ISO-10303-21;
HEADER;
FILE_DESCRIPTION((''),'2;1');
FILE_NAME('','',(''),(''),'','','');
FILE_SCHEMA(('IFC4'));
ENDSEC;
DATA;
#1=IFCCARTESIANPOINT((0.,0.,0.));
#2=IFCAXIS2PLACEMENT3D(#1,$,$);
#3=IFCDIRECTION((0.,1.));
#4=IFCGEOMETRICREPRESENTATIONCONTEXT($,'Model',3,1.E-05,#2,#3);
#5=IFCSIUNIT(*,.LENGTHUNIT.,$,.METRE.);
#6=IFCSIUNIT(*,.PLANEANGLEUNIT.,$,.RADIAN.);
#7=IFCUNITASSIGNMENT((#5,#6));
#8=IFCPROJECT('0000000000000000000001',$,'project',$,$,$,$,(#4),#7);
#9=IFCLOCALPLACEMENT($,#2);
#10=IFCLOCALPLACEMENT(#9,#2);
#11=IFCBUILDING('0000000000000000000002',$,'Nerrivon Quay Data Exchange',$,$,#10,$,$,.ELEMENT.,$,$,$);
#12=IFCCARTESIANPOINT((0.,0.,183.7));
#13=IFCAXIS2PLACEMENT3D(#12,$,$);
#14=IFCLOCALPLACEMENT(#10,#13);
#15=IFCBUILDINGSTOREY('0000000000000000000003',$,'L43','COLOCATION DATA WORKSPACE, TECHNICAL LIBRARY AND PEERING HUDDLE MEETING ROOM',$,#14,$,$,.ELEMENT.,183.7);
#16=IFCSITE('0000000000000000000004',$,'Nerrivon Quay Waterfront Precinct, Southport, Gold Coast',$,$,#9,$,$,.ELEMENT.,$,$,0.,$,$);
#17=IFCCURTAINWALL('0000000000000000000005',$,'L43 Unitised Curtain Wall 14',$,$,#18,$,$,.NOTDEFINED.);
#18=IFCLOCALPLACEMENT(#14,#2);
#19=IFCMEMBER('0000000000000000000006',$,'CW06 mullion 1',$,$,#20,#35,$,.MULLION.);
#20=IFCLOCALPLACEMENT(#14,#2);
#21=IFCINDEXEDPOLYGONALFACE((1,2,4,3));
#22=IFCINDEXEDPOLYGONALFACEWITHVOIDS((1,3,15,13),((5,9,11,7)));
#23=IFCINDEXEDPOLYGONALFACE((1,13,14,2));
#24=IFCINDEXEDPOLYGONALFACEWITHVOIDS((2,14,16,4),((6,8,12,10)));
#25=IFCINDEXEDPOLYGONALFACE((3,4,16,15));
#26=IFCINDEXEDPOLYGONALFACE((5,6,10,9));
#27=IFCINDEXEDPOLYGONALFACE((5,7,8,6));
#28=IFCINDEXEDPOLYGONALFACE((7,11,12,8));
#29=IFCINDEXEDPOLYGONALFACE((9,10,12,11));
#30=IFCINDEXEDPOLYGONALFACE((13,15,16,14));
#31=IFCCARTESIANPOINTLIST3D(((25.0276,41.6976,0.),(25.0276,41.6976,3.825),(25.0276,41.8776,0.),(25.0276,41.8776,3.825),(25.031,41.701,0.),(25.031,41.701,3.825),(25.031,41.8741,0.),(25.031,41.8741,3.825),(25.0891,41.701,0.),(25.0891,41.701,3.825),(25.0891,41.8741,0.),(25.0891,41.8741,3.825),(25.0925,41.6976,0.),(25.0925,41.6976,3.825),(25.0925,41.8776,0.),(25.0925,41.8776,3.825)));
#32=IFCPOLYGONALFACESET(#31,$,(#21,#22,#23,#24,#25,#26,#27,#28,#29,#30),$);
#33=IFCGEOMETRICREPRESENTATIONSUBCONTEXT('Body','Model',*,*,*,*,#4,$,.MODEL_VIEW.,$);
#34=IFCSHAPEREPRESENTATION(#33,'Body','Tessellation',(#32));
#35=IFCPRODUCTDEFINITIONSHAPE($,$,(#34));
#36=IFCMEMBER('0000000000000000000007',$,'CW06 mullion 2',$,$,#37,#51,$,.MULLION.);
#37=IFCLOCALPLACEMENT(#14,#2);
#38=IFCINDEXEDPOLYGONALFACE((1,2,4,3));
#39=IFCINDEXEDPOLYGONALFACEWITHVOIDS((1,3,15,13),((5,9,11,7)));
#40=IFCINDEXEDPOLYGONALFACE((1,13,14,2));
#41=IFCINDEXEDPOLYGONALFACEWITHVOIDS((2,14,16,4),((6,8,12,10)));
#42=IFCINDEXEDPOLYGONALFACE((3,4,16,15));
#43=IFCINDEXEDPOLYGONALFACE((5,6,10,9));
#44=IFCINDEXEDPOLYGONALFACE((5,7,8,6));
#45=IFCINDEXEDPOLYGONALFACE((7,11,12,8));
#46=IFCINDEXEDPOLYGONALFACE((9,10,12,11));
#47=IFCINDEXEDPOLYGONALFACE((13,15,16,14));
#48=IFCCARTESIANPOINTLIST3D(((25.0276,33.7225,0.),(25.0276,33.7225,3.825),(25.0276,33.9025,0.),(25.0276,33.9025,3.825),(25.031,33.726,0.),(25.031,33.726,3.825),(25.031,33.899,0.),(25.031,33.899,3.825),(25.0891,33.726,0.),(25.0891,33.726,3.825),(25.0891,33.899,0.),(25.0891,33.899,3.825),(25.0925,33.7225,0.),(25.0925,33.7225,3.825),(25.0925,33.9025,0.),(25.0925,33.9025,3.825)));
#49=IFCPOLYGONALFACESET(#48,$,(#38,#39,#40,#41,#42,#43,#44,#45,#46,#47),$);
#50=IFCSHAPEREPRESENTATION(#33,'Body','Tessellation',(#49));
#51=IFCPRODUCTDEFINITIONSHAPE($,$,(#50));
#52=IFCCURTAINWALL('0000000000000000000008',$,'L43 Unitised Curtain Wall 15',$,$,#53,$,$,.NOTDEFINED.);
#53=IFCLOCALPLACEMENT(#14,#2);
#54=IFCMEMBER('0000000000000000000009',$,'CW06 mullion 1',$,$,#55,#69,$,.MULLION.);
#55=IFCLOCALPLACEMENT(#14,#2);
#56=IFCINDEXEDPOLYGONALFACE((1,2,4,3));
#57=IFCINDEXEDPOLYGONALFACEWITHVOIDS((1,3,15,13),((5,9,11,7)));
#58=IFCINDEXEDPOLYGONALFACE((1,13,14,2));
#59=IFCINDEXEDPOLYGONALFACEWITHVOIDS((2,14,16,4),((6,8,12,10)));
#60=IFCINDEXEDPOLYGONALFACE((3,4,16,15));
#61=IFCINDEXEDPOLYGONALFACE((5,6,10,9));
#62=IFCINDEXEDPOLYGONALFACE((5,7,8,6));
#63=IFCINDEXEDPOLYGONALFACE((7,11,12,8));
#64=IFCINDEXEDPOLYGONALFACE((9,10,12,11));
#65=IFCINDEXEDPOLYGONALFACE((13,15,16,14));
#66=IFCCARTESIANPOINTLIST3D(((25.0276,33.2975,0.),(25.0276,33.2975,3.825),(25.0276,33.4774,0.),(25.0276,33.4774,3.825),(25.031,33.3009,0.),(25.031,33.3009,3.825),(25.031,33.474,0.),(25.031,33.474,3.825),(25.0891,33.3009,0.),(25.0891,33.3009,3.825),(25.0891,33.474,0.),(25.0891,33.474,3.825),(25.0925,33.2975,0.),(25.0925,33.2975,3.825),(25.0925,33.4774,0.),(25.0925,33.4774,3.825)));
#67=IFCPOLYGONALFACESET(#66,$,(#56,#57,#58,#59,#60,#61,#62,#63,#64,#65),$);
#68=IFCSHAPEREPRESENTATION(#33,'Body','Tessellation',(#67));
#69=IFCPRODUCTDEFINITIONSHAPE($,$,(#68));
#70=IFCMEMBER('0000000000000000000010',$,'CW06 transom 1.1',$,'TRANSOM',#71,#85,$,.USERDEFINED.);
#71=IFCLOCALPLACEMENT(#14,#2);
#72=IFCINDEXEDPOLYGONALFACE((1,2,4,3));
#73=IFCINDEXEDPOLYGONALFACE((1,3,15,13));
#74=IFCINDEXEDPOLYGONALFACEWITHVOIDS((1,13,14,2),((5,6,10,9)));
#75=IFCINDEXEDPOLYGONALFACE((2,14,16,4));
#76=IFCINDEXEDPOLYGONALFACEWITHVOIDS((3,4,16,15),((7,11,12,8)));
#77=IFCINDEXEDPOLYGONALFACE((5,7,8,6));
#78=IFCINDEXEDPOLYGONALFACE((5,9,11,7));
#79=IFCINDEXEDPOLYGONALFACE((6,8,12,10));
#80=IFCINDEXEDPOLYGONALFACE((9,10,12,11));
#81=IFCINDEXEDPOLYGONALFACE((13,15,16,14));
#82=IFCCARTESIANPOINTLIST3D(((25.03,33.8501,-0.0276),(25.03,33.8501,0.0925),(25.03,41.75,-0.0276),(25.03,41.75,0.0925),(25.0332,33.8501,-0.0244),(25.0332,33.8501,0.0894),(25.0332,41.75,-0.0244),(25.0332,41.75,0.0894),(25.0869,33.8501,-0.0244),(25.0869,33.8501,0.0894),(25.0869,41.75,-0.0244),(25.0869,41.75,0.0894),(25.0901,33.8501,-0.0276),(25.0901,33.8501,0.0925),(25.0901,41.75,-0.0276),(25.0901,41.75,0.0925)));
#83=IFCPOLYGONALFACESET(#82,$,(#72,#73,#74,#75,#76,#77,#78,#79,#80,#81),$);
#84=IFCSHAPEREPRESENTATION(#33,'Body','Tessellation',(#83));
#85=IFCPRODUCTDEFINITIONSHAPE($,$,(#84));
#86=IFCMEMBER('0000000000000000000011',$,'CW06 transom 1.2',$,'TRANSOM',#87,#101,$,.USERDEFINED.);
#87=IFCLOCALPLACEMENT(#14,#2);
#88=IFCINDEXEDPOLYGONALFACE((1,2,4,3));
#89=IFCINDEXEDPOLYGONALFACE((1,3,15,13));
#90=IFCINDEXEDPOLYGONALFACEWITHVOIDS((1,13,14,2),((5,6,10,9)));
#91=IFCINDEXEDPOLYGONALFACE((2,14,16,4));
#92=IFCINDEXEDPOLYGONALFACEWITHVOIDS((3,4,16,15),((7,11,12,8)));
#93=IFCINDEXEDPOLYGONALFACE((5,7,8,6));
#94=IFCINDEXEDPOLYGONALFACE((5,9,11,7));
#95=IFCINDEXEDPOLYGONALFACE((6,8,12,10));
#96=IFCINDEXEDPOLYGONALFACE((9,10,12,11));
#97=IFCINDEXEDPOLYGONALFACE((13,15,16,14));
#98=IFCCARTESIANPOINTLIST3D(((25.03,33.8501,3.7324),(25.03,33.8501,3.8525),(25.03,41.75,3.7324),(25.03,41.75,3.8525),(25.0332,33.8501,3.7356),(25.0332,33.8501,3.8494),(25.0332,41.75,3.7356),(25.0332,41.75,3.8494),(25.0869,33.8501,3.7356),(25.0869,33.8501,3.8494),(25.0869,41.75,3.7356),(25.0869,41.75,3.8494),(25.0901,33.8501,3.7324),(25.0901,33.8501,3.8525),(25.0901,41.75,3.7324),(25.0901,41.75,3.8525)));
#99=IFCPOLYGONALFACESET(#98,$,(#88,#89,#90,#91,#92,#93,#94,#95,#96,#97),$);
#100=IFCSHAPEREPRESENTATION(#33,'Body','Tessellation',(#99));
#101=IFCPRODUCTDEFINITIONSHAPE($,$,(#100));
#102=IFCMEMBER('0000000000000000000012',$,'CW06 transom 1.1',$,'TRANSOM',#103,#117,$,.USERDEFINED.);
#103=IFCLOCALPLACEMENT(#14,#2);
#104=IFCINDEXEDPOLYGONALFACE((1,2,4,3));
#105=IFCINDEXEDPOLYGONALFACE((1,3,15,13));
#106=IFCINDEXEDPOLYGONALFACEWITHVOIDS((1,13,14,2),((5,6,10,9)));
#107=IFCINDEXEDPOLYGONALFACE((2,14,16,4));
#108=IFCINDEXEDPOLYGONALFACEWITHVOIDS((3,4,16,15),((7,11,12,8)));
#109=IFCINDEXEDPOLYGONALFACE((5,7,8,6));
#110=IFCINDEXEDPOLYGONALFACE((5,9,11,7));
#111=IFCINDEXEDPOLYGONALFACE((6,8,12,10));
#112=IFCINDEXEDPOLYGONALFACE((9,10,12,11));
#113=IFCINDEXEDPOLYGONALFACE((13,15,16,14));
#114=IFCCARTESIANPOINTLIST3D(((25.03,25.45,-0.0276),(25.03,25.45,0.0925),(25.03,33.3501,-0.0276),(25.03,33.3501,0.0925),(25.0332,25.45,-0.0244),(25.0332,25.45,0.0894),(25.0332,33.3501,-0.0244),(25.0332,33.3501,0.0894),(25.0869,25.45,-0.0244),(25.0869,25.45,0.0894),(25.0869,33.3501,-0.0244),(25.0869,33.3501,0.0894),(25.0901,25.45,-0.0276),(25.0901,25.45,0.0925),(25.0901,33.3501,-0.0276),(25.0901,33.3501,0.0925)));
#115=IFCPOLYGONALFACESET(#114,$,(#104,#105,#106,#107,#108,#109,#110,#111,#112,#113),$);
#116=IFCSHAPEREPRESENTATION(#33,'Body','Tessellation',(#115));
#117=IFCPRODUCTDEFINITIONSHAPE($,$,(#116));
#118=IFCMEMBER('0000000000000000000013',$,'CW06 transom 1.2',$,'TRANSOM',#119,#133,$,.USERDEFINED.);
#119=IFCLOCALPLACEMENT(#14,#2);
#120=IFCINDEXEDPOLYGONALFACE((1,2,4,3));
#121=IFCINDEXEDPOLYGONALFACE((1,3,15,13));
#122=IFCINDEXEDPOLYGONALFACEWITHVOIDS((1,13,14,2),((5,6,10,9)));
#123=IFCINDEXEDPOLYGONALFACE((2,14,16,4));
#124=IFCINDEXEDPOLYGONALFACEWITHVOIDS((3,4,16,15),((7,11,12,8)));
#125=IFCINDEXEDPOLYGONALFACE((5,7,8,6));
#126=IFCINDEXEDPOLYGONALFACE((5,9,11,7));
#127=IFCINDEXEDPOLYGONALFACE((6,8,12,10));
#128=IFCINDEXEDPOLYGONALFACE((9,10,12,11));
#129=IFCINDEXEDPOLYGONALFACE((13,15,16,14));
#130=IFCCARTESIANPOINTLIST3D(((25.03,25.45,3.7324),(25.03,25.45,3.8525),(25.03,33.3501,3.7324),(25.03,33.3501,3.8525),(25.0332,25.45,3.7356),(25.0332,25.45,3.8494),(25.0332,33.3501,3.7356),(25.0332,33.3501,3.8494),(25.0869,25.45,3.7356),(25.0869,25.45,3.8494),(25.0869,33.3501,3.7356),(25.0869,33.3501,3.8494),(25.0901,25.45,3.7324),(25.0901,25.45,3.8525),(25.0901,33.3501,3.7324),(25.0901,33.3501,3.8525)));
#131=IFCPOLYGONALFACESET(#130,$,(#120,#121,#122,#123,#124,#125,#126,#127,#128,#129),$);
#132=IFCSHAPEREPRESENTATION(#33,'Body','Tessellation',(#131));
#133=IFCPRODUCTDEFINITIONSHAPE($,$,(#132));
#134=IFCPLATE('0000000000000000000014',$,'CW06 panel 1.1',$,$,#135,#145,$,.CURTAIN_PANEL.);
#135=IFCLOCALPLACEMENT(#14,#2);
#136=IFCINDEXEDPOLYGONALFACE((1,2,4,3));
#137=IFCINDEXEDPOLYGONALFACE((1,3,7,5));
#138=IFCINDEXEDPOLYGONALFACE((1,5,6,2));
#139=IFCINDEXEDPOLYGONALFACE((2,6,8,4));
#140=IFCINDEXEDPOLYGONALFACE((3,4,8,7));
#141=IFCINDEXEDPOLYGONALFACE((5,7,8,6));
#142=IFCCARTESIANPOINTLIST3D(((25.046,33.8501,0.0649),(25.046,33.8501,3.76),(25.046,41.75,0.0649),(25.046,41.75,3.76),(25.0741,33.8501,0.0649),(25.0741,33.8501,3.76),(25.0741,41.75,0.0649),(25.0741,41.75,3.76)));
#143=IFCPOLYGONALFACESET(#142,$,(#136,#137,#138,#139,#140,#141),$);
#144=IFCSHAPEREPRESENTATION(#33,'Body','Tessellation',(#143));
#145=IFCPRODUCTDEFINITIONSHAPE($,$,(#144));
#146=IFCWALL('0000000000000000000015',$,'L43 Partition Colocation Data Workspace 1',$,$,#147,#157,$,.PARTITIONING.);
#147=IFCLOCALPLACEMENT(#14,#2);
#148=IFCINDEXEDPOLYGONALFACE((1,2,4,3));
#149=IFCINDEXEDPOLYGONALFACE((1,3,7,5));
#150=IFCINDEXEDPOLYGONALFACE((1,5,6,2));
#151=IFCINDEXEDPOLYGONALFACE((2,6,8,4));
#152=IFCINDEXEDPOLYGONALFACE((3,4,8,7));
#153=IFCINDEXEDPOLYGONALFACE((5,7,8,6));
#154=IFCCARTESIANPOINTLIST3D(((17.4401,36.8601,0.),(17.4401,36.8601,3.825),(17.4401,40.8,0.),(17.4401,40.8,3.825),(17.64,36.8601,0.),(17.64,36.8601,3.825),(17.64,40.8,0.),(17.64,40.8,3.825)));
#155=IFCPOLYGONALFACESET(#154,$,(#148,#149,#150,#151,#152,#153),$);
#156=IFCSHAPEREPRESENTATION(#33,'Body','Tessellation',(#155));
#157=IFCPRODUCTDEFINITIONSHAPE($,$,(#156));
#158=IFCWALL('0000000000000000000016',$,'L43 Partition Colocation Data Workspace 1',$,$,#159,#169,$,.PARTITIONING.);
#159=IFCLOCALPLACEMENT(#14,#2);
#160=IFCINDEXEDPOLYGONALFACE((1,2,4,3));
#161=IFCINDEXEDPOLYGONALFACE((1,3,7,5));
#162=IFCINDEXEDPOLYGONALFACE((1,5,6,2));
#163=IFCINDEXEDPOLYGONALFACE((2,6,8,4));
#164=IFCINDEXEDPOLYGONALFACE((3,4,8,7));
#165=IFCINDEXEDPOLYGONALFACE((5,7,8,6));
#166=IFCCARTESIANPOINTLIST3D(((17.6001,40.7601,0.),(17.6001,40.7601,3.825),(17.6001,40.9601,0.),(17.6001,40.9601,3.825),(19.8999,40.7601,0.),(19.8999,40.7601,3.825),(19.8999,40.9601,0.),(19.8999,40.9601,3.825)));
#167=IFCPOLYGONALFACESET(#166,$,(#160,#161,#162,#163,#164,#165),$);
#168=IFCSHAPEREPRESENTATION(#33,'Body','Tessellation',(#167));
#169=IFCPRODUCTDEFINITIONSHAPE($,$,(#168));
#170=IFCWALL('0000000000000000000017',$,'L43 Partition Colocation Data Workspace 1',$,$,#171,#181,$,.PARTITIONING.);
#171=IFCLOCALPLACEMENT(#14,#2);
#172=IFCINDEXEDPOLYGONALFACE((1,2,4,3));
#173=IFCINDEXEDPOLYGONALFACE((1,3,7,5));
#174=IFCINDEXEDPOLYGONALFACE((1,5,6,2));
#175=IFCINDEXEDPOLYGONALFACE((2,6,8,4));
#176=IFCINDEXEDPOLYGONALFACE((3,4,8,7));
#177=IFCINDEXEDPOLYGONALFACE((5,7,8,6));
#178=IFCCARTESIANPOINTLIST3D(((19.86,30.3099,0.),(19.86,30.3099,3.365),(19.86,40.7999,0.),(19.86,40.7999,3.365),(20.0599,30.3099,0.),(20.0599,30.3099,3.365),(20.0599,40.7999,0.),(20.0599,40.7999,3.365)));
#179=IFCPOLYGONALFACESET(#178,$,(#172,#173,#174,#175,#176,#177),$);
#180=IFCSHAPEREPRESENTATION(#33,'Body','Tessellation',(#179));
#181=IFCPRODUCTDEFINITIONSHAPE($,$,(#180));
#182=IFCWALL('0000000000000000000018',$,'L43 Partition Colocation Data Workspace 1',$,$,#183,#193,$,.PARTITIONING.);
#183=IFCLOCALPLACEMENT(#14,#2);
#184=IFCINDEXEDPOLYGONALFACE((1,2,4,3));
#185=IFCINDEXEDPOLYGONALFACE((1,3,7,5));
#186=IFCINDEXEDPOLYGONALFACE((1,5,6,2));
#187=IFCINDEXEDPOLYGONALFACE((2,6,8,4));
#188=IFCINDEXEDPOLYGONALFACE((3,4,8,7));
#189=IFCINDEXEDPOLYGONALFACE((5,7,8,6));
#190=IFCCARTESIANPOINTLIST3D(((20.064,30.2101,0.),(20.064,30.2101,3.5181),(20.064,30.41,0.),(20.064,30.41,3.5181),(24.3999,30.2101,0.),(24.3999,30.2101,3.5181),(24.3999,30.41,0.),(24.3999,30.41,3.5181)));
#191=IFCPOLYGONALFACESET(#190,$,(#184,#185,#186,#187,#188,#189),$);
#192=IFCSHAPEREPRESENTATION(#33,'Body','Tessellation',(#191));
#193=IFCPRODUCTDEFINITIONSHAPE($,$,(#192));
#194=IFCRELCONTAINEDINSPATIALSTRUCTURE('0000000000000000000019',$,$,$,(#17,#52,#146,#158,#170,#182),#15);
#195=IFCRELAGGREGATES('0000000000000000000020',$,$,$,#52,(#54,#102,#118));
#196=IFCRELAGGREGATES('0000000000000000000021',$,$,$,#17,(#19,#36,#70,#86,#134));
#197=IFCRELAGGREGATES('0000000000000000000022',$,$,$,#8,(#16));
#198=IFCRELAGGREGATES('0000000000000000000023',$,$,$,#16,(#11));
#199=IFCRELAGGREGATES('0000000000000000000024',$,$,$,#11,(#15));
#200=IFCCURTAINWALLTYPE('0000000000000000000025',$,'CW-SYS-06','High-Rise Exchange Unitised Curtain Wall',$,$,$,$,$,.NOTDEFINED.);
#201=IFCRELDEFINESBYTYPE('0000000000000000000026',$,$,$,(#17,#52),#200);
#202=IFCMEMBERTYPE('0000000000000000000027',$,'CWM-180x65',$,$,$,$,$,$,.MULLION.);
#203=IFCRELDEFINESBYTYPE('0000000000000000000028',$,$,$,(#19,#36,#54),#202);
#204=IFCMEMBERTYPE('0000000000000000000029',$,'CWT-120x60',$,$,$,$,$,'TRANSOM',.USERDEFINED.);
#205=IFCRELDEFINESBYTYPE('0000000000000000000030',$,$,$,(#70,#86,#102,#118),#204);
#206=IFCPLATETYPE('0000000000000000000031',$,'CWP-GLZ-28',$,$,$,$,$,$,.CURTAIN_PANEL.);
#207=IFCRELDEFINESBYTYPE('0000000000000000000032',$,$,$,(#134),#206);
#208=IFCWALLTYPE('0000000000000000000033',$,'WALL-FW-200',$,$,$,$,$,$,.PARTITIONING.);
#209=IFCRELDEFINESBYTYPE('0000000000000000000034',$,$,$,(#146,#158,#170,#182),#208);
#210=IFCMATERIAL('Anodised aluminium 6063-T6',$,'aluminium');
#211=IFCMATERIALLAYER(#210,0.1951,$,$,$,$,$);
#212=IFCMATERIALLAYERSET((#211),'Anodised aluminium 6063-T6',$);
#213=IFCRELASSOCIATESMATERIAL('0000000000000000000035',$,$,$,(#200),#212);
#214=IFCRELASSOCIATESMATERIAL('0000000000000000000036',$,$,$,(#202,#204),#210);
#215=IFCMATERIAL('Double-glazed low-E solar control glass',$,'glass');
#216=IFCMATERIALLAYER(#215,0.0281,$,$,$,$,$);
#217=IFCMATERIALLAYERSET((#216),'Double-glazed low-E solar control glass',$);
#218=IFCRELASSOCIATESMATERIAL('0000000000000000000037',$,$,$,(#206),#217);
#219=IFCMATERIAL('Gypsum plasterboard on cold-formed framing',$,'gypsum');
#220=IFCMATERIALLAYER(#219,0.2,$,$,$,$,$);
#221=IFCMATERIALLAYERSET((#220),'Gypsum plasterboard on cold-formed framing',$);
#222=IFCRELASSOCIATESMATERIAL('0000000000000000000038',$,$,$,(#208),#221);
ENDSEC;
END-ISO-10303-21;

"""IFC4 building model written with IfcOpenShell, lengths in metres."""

from ifc_helpers import new_model, si_unit, direction, frame, frame_2d, origin, origin_2d, place, context, subcontext, project, spatial, rectangle, hollow_rectangle, extrude, material, layer, layer_set, material_profile, profile_set, type_object, element, aggregate, save


model = new_model("IFC4")

# Units and contexts
model_context = context("Model", 3, precision=1e-05, world=origin(), true_north=direction((0.0, 1.0)))
body_context = subcontext(model_context, "Body", "Model", "MODEL_VIEW")
ifc_project = project(units=[si_unit("LENGTHUNIT", "METRE"), si_unit("PLANEANGLEUNIT", "RADIAN")], contexts=[model_context])

# Site, building, storey
site_placement = place(None, origin())
site = spatial("IfcSite", under=ifc_project, at=site_placement, Name="Nerrivon Quay Waterfront Precinct, Southport, Gold Coast", CompositionType="ELEMENT", RefElevation=0.0)
building_placement = place(site_placement, origin())
building = spatial("IfcBuilding", under=site, at=building_placement, Name="Nerrivon Quay Data Exchange", CompositionType="ELEMENT")
storey_placement = place(building_placement, frame((0.0, 0.0, 183.7)))
storey = spatial("IfcBuildingStorey", under=building, at=storey_placement, Name="L43", Description="COLOCATION DATA WORKSPACE, TECHNICAL LIBRARY AND PEERING HUDDLE MEETING ROOM", CompositionType="ELEMENT", Elevation=183.7)

# Shared definitions
ifc_material_1 = material(Name="Anodised aluminium 6063-T6", Category="aluminium")
ifc_layer_1 = layer(ifc_material_1, 0.1951)
ifc_layer_set_1 = layer_set([ifc_layer_1], Name="Anodised aluminium 6063-T6")
curtain_wall_type = type_object("IfcCurtainWallType", Name="CW-SYS-06", Description="High-Rise Exchange Unitised Curtain Wall", PredefinedType="NOTDEFINED", material=ifc_layer_set_1)
ifc_material_profile_1 = material_profile(ifc_material_1, hollow_rectangle(XDim=0.0649, YDim=0.1799, WallThickness=0.0034, at=origin_2d()), Name="ALU-MULL-180x65")
ifc_profile_set_1 = profile_set([ifc_material_profile_1], Name="Anodised aluminium 6063-T6")
member_type_1 = type_object("IfcMemberType", Name="CWM-180x65", PredefinedType="MULLION", material=ifc_profile_set_1)

# Curtain wall, members
curtain_wall_1_placement = place(storey_placement, origin())
curtain_wall_1 = element("IfcCurtainWall", 1, at=curtain_wall_1_placement, inside=storey, type_object=curtain_wall_type, Name="L43 Unitised Curtain Wall 14", PredefinedType="NOTDEFINED")
member_1_placement = place(storey_placement, frame((25.0601, 41.7876, 0.0), z_axis=(0.0, 0.0, 1.0), x_axis=(1.0, 0.0, 0.0)))
member_1 = element("IfcMember", 2, at=member_1_placement, type_object=member_type_1, Name="CW06 mullion 1", PredefinedType="MULLION", context=body_context, shape_type="SweptSolid", body=[
    extrude(hollow_rectangle(XDim=0.0649, YDim=0.1799, WallThickness=0.0034, at=origin_2d()), origin(), (0.0, 0.0, 1.0), 3.825),
])
member_2_placement = place(storey_placement, frame((25.0601, 33.8125, 0.0), z_axis=(0.0, 0.0, 1.0), x_axis=(1.0, 0.0, 0.0)))
member_2 = element("IfcMember", 3, at=member_2_placement, type_object=member_type_1, Name="CW06 mullion 2", PredefinedType="MULLION", context=body_context, shape_type="SweptSolid", body=[
    extrude(hollow_rectangle(XDim=0.0649, YDim=0.1799, WallThickness=0.0034, at=origin_2d()), origin(), (0.0, 0.0, 1.0), 3.825),
])

# Curtain wall, member
curtain_wall_2_placement = place(storey_placement, origin())
curtain_wall_2 = element("IfcCurtainWall", 4, at=curtain_wall_2_placement, inside=storey, type_object=curtain_wall_type, Name="L43 Unitised Curtain Wall 15", PredefinedType="NOTDEFINED")
member_3_placement = place(storey_placement, frame((25.0601, 33.3875, 0.0), z_axis=(0.0, 0.0, 1.0), x_axis=(1.0, 0.0, 0.0)))
member_3 = element("IfcMember", 5, at=member_3_placement, type_object=member_type_1, Name="CW06 mullion 1", PredefinedType="MULLION", context=body_context, shape_type="SweptSolid", body=[
    extrude(hollow_rectangle(XDim=0.0649, YDim=0.1799, WallThickness=0.0034, at=origin_2d()), origin(), (0.0, 0.0, 1.0), 3.825),
])

# Members
ifc_material_profile_2 = material_profile(ifc_material_1, hollow_rectangle(XDim=0.0601, YDim=0.1201, WallThickness=0.0032, at=origin_2d()), Name="ALU-TRAN-120x60")
ifc_profile_set_2 = profile_set([ifc_material_profile_2], Name="Anodised aluminium 6063-T6")
member_type_2 = type_object("IfcMemberType", Name="CWT-120x60", ElementType="TRANSOM", PredefinedType="USERDEFINED", material=ifc_profile_set_2)
member_4_placement = place(storey_placement, frame((25.0601, 41.75, 0.0325), z_axis=(0.0, -1.0, 0.0), x_axis=(1.0, 0.0, 0.0)))
member_4 = element("IfcMember", 6, at=member_4_placement, type_object=member_type_2, Name="CW06 transom 1.1", ObjectType="TRANSOM", PredefinedType="USERDEFINED", context=body_context, shape_type="SweptSolid", body=[
    extrude(hollow_rectangle(XDim=0.0601, YDim=0.1201, WallThickness=0.0032, at=origin_2d()), origin(), (0.0, 0.0, 1.0), 7.8999),
])
member_5_placement = place(storey_placement, frame((25.0601, 41.75, 3.7925), z_axis=(0.0, -1.0, 0.0), x_axis=(1.0, 0.0, 0.0)))
member_5 = element("IfcMember", 7, at=member_5_placement, type_object=member_type_2, Name="CW06 transom 1.2", ObjectType="TRANSOM", PredefinedType="USERDEFINED", context=body_context, shape_type="SweptSolid", body=[
    extrude(hollow_rectangle(XDim=0.0601, YDim=0.1201, WallThickness=0.0032, at=origin_2d()), origin(), (0.0, 0.0, 1.0), 7.8999),
])
member_6_placement = place(storey_placement, frame((25.0601, 33.3501, 0.0325), z_axis=(0.0, -1.0, 0.0), x_axis=(1.0, 0.0, 0.0)))
member_6 = element("IfcMember", 8, at=member_6_placement, type_object=member_type_2, Name="CW06 transom 1.1", ObjectType="TRANSOM", PredefinedType="USERDEFINED", context=body_context, shape_type="SweptSolid", body=[
    extrude(hollow_rectangle(XDim=0.0601, YDim=0.1201, WallThickness=0.0032, at=origin_2d()), origin(), (0.0, 0.0, 1.0), 7.9001),
])
member_7_placement = place(storey_placement, frame((25.0601, 33.3501, 3.7925), z_axis=(0.0, -1.0, 0.0), x_axis=(1.0, 0.0, 0.0)))
member_7 = element("IfcMember", 9, at=member_7_placement, type_object=member_type_2, Name="CW06 transom 1.2", ObjectType="TRANSOM", PredefinedType="USERDEFINED", context=body_context, shape_type="SweptSolid", body=[
    extrude(hollow_rectangle(XDim=0.0601, YDim=0.1201, WallThickness=0.0032, at=origin_2d()), origin(), (0.0, 0.0, 1.0), 7.9001),
])
aggregate(curtain_wall_2, [member_3, member_6, member_7])

# Plate
ifc_material_2 = material(Name="Double-glazed low-E solar control glass", Category="glass")
ifc_layer_2 = layer(ifc_material_2, 0.0281)
ifc_layer_set_2 = layer_set([ifc_layer_2], Name="Double-glazed low-E solar control glass")
plate_type = type_object("IfcPlateType", Name="CWP-GLZ-28", PredefinedType="CURTAIN_PANEL", material=ifc_layer_set_2)
plate_placement = place(storey_placement, frame((25.0601, 37.8, 0.0649), z_axis=(0.0, 0.0, 1.0), x_axis=(0.0, -1.0, 0.0)))
plate = element("IfcPlate", 10, at=plate_placement, type_object=plate_type, Name="CW06 panel 1.1", PredefinedType="CURTAIN_PANEL", context=body_context, shape_type="SweptSolid", body=[
    extrude(rectangle(XDim=7.8999, YDim=0.0281, at=origin_2d()), origin(), (0.0, 0.0, 1.0), 3.6951),
])
aggregate(curtain_wall_1, [member_1, member_2, member_4, member_5, plate])

# Walls
ifc_material_3 = material(Name="Gypsum plasterboard on cold-formed framing", Category="gypsum")
ifc_layer_3 = layer(ifc_material_3, 0.2)
ifc_layer_set_3 = layer_set([ifc_layer_3], Name="Gypsum plasterboard on cold-formed framing")
wall_type_1 = type_object("IfcWallType", Name="WALL-FW-200", PredefinedType="PARTITIONING", material=ifc_layer_set_3)
wall_1_placement = place(storey_placement, frame((17.54, 36.8601, 0.0), z_axis=(0.0, 0.0, 1.0), x_axis=(0.0, 1.0, 0.0)))
element("IfcWall", 11, at=wall_1_placement, inside=storey, type_object=wall_type_1, Name="L43 Partition Colocation Data Workspace 1", PredefinedType="PARTITIONING", context=body_context, shape_type="SweptSolid", body=[
    extrude(rectangle(XDim=3.9399, YDim=0.2, at=frame_2d((1.97, 0.0))), origin(), (0.0, 0.0, 1.0), 3.825),
])
wall_2_placement = place(storey_placement, frame((17.6001, 40.8601, 0.0), z_axis=(0.0, 0.0, 1.0), x_axis=(1.0, 0.0, 0.0)))
element("IfcWall", 12, at=wall_2_placement, inside=storey, type_object=wall_type_1, Name="L43 Partition Colocation Data Workspace 1", PredefinedType="PARTITIONING", context=body_context, shape_type="SweptSolid", body=[
    extrude(rectangle(XDim=2.2998, YDim=0.2, at=frame_2d((1.1499, 0.0))), origin(), (0.0, 0.0, 1.0), 3.825),
])
wall_3_placement = place(storey_placement, frame((19.96, 40.8, 0.0), z_axis=(0.0, 0.0, 1.0), x_axis=(0.0, -1.0, 0.0)))
element("IfcWall", 13, at=wall_3_placement, inside=storey, type_object=wall_type_1, Name="L43 Partition Colocation Data Workspace 1", PredefinedType="PARTITIONING", context=body_context, shape_type="SweptSolid", body=[
    extrude(rectangle(XDim=10.49, YDim=0.2, at=frame_2d((5.2451, 0.0))), origin(), (0.0, 0.0, 1.0), 3.365),
])
wall_4_placement = place(storey_placement, frame((20.064, 30.3101, 0.0), z_axis=(0.0, 0.0, 1.0), x_axis=(1.0, 0.0, 0.0)))
element("IfcWall", 14, at=wall_4_placement, inside=storey, type_object=wall_type_1, Name="L43 Partition Colocation Data Workspace 1", PredefinedType="PARTITIONING", context=body_context, shape_type="SweptSolid", body=[
    extrude(rectangle(XDim=4.3359, YDim=0.2, at=frame_2d((2.168, 0.0))), origin(), (0.0, 0.0, 1.0), 3.5181),
])

save(model, "model.ifc")
